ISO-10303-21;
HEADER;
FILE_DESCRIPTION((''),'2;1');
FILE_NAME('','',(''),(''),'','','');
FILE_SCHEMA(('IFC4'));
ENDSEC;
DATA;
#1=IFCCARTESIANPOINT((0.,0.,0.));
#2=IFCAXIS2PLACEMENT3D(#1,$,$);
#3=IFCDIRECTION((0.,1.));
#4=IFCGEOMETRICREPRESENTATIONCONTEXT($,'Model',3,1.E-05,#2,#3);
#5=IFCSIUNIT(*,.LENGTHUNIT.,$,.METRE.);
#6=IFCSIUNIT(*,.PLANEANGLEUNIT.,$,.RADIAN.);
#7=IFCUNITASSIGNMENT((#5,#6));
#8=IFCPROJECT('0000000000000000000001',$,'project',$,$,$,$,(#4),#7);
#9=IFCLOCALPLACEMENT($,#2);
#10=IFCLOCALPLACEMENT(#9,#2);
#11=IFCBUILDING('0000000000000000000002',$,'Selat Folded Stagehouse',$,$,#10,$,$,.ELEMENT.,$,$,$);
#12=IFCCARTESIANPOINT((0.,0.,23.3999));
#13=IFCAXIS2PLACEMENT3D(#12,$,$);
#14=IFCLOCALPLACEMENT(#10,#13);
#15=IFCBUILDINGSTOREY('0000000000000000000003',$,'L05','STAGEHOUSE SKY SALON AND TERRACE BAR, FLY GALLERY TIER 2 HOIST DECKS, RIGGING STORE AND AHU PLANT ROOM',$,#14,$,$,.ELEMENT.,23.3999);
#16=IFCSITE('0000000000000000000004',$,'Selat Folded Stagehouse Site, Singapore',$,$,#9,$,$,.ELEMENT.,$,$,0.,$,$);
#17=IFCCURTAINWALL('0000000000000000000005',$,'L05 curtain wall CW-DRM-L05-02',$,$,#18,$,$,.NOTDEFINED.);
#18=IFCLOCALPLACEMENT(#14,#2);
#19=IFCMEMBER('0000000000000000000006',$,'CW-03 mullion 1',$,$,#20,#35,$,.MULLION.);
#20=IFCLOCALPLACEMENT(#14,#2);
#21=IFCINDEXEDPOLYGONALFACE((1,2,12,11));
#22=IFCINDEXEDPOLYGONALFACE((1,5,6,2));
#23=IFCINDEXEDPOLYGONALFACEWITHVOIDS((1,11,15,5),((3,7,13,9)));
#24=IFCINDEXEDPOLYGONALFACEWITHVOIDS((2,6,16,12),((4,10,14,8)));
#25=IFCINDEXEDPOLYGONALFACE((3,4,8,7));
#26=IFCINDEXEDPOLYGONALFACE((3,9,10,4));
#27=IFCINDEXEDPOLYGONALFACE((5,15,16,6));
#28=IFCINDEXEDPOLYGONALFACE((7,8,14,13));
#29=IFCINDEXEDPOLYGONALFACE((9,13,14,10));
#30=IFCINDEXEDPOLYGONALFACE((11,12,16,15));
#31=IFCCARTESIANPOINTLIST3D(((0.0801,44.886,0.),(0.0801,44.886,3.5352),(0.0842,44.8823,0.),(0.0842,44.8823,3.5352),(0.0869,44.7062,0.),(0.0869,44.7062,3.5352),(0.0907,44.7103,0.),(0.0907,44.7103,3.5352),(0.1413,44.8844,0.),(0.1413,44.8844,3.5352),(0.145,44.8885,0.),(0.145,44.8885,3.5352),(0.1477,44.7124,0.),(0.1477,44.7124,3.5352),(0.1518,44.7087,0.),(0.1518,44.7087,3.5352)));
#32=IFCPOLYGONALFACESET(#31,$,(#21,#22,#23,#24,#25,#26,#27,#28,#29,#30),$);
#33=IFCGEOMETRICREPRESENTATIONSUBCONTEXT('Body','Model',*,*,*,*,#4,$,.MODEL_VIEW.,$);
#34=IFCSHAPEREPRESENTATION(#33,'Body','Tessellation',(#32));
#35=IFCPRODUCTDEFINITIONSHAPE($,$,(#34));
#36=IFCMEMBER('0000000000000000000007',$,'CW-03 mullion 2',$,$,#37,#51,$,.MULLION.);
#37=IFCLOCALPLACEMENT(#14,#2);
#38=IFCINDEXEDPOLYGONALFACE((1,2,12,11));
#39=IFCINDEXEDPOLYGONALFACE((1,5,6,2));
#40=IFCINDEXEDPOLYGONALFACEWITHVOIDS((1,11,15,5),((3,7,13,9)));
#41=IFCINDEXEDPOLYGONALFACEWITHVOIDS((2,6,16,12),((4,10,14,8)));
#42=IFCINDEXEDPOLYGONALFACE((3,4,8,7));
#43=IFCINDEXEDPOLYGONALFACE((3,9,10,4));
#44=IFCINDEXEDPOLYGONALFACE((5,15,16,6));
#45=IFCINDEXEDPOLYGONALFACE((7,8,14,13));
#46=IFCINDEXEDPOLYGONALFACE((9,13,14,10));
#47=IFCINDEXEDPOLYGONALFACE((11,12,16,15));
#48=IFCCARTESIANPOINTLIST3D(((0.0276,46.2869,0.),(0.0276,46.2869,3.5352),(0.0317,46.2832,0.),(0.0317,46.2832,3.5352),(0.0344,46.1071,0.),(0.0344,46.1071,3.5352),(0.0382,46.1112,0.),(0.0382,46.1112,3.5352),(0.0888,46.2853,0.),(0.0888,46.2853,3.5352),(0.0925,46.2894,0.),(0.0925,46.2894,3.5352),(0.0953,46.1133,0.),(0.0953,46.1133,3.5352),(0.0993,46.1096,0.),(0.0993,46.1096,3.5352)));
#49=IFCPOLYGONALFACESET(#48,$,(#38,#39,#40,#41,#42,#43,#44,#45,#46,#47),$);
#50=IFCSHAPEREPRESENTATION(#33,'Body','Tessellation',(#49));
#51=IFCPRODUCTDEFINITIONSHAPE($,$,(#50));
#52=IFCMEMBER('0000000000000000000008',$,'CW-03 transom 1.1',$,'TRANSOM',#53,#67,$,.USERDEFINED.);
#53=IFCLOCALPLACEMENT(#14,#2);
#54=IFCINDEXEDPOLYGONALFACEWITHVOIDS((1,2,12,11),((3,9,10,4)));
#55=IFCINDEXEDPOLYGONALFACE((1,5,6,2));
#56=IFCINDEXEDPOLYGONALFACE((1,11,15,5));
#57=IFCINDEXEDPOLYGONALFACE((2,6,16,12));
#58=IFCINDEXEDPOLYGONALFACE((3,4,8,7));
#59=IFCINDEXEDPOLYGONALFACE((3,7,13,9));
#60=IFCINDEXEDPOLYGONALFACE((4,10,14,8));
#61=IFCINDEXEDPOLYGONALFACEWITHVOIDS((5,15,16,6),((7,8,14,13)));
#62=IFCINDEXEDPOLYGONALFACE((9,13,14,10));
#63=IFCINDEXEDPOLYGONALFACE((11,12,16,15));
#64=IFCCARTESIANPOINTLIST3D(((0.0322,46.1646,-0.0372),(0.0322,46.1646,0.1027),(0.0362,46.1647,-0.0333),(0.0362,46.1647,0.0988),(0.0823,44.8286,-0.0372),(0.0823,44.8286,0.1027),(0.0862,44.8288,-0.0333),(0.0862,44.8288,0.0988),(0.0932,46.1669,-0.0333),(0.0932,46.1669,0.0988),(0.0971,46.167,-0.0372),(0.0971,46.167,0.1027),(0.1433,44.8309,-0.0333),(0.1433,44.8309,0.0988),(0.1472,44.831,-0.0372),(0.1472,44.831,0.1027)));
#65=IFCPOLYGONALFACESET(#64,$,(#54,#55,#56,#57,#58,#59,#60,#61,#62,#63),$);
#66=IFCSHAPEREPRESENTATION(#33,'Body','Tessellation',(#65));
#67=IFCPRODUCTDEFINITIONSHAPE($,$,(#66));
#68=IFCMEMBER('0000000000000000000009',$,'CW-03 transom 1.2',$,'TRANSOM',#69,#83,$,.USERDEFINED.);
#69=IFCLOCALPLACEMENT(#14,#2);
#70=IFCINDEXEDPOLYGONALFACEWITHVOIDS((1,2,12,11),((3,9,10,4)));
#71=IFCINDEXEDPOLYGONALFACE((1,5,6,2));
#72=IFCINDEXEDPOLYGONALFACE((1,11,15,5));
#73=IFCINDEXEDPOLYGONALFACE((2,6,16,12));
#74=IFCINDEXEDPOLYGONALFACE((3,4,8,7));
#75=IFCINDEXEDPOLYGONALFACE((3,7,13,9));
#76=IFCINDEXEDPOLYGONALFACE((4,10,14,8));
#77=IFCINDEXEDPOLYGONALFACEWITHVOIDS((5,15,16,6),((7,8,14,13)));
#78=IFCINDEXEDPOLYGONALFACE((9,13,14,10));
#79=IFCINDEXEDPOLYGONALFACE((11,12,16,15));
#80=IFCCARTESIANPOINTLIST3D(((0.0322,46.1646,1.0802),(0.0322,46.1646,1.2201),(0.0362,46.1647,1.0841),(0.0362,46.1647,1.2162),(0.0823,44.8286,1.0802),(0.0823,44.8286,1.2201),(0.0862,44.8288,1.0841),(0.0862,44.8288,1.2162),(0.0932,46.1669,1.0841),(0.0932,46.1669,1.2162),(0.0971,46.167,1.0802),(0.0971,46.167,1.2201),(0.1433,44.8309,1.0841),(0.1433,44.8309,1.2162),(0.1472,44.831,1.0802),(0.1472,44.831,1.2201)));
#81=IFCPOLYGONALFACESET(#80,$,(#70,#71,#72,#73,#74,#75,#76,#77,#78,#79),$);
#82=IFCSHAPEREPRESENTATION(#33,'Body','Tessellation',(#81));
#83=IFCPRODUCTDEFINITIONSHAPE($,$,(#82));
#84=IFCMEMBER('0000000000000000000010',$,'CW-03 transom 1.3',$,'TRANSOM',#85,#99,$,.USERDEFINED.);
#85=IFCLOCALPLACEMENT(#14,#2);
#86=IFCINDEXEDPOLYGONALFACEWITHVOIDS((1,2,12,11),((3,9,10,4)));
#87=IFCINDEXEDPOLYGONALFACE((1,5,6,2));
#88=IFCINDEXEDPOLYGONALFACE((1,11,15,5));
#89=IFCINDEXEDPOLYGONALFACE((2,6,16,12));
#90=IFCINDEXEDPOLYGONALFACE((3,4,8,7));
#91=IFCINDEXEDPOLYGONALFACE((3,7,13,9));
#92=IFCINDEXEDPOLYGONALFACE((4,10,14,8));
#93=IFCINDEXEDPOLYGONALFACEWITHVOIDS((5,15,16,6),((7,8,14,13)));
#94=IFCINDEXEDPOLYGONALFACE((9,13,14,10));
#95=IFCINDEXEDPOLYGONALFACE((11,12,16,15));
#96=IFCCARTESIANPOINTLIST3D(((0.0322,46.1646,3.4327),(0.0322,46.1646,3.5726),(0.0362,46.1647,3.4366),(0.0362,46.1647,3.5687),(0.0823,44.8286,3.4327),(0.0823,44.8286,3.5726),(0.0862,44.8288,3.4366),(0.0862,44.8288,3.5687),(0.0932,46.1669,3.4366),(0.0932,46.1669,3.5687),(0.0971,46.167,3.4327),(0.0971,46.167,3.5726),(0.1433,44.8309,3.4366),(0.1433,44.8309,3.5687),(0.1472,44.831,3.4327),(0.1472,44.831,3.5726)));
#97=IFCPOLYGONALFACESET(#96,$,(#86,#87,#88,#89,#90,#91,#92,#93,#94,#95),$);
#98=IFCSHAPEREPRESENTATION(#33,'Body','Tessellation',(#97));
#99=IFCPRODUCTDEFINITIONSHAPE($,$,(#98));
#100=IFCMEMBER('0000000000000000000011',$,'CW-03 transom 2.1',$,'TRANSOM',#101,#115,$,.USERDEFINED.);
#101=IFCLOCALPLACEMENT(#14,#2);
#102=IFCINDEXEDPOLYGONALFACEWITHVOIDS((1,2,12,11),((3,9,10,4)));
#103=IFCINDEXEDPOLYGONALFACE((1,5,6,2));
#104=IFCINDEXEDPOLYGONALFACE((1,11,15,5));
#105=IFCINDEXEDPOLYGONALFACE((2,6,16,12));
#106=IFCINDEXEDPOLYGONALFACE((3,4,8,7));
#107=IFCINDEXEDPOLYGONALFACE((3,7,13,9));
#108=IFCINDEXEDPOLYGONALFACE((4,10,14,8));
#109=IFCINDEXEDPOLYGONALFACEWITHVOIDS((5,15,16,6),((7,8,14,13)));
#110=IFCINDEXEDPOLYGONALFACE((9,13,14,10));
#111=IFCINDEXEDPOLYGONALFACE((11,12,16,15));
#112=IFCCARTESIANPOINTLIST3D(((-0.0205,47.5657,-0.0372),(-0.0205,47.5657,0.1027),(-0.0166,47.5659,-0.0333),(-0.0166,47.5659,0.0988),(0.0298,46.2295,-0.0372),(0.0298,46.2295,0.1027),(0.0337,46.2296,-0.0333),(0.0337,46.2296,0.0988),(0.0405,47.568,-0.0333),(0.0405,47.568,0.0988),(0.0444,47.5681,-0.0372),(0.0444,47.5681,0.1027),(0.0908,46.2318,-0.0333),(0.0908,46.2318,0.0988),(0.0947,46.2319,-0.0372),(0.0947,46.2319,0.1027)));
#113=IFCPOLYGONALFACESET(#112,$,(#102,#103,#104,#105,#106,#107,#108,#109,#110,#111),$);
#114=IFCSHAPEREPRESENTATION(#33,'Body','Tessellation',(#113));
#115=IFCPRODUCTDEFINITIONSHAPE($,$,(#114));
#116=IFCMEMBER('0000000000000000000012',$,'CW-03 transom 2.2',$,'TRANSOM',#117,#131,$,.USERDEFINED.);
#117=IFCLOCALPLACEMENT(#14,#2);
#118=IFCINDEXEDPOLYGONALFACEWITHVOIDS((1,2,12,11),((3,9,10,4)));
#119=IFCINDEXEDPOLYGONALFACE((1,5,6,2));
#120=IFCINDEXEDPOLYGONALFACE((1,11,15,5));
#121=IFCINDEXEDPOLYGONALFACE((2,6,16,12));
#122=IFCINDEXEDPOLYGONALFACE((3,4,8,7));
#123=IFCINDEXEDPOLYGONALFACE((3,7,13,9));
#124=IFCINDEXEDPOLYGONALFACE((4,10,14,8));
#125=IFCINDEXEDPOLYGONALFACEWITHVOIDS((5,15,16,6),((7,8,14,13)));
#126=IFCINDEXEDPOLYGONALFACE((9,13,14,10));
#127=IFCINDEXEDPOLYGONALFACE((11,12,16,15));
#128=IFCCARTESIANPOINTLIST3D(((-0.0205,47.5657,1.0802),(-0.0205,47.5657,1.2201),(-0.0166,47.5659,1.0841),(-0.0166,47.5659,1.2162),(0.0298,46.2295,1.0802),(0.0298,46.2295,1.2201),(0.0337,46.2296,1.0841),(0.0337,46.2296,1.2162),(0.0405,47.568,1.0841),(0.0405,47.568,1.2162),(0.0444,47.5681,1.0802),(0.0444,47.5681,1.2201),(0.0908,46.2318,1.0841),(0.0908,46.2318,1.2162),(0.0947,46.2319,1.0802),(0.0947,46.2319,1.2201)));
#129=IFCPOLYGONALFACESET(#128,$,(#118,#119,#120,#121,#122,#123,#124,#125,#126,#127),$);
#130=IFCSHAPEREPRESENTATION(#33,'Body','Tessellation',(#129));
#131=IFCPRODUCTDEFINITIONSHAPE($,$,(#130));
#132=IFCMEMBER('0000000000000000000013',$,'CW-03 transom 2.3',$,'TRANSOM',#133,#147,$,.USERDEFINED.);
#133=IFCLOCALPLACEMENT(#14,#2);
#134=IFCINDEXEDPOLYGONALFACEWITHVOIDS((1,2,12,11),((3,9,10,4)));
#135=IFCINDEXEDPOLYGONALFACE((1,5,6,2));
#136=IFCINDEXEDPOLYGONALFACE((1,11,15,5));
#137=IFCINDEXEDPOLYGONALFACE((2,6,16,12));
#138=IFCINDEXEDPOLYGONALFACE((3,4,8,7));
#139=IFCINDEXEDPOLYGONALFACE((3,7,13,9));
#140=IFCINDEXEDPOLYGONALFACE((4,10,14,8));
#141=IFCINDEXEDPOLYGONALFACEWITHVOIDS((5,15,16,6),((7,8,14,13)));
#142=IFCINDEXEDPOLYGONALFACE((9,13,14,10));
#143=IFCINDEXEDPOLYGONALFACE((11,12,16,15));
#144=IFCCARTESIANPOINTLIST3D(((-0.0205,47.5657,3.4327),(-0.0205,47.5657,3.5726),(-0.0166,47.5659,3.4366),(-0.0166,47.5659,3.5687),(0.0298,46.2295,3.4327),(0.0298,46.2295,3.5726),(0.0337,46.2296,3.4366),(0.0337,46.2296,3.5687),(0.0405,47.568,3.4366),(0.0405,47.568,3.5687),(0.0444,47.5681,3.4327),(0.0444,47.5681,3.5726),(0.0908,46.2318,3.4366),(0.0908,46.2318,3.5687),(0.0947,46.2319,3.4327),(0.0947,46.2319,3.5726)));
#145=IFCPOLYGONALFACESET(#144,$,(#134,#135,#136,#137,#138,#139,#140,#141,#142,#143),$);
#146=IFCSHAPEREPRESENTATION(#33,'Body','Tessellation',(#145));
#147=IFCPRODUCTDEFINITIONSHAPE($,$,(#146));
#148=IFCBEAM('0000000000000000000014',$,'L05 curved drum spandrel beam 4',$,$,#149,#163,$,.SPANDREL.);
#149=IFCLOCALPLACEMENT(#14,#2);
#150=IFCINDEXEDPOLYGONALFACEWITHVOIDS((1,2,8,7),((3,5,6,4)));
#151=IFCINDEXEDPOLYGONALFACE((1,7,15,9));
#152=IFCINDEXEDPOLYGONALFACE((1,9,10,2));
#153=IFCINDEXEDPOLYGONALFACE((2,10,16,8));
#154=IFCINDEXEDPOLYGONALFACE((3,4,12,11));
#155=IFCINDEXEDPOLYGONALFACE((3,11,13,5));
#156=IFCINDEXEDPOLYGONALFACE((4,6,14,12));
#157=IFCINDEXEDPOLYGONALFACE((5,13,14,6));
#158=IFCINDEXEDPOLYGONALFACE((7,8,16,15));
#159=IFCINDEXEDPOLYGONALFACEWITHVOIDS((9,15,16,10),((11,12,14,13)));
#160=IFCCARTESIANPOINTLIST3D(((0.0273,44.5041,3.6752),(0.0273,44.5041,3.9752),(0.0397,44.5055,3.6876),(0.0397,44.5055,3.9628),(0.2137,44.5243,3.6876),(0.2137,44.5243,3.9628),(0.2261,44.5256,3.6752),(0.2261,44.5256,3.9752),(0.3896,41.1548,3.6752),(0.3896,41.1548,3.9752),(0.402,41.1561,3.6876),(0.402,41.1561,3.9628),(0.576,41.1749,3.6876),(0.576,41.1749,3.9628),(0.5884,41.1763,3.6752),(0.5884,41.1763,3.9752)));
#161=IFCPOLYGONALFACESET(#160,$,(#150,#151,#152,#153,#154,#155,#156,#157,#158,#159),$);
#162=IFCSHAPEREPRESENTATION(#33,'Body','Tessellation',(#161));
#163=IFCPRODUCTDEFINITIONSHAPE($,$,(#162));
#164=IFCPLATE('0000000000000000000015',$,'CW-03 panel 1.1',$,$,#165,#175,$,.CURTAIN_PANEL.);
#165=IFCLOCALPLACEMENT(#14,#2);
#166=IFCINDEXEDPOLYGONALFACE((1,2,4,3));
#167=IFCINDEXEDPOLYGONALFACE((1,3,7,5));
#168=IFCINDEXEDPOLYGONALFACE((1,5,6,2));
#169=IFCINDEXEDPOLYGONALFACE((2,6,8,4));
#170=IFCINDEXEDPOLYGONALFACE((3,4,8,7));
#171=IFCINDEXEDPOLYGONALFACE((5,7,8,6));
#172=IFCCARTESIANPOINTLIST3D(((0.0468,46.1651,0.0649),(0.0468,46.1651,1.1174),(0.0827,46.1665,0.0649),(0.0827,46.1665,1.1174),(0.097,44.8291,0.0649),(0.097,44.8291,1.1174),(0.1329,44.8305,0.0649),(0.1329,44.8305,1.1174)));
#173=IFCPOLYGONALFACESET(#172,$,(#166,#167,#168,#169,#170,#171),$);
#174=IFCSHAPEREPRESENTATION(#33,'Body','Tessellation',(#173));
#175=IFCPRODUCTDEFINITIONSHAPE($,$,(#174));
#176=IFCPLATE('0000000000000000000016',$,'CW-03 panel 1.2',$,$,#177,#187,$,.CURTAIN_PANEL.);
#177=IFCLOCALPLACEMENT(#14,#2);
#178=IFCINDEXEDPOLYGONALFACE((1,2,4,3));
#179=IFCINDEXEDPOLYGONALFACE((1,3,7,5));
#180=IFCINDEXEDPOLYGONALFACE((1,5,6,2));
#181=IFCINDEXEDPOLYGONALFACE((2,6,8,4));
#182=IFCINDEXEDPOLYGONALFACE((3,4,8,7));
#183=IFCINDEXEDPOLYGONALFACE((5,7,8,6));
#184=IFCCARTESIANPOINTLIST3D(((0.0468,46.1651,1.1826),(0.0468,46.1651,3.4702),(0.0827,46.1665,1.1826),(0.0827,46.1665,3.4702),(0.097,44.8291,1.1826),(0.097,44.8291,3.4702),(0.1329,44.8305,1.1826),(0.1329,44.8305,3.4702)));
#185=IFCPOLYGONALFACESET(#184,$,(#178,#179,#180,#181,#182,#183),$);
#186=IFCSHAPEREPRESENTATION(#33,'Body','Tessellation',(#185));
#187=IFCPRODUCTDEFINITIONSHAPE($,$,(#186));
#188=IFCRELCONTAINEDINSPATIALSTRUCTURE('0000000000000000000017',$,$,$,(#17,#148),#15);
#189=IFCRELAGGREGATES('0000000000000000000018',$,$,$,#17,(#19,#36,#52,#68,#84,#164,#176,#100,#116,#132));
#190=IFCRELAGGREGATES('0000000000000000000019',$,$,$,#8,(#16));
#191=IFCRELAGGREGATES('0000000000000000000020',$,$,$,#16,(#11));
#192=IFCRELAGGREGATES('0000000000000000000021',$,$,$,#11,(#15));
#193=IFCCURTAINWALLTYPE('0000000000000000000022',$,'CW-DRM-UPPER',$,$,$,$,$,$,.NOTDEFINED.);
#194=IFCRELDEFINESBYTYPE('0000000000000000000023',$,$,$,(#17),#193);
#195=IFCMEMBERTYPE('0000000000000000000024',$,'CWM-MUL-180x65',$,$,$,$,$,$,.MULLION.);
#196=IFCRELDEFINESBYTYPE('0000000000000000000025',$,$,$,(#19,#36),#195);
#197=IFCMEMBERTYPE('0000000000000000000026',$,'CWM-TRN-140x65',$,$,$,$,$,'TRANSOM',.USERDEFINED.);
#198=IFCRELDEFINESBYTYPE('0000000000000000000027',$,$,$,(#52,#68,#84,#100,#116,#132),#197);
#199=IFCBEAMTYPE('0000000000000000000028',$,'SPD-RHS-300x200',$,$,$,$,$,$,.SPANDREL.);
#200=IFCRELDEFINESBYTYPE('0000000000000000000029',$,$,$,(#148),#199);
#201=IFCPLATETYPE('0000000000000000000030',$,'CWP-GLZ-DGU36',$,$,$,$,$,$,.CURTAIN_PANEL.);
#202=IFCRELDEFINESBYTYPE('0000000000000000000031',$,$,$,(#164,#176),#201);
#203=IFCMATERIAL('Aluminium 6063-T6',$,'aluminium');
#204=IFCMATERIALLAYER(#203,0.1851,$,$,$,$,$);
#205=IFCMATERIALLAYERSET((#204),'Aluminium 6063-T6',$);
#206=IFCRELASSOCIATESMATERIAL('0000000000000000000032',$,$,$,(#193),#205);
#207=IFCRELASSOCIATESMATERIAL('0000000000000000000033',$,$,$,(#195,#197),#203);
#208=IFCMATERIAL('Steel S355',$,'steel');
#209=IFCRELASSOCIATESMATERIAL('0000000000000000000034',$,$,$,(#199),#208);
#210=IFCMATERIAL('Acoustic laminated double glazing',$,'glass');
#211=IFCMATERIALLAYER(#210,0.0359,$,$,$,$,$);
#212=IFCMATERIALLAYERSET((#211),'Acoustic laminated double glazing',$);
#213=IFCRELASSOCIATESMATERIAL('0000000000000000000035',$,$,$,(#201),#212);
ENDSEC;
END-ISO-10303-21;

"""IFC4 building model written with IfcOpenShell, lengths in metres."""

from ifc_helpers import new_model, si_unit, direction, frame, origin, origin_2d, place, context, subcontext, project, spatial, rectangle, hollow_rectangle, extrude, material, layer, layer_set, material_profile, profile_set, type_object, element, aggregate, save


model = new_model("IFC4")

# Units and contexts
model_context = context("Model", 3, precision=1e-05, world=origin(), true_north=direction((0.0, 1.0)))
body_context = subcontext(model_context, "Body", "Model", "MODEL_VIEW")
ifc_project = project(units=[si_unit("LENGTHUNIT", "METRE"), si_unit("PLANEANGLEUNIT", "RADIAN")], contexts=[model_context])

# Site, building, storey
site_placement = place(None, origin())
site = spatial("IfcSite", under=ifc_project, at=site_placement, Name="Selat Folded Stagehouse Site, Singapore", CompositionType="ELEMENT", RefElevation=0.0)
building_placement = place(site_placement, origin())
building = spatial("IfcBuilding", under=site, at=building_placement, Name="Selat Folded Stagehouse", CompositionType="ELEMENT")
storey_placement = place(building_placement, frame((0.0, 0.0, 23.3999)))
storey = spatial("IfcBuildingStorey", under=building, at=storey_placement, Name="L05", Description="STAGEHOUSE SKY SALON AND TERRACE BAR, FLY GALLERY TIER 2 HOIST DECKS, RIGGING STORE AND AHU PLANT ROOM", CompositionType="ELEMENT", Elevation=23.3999)

# Curtain wall, members
ifc_material_1 = material(Name="Aluminium 6063-T6", Category="aluminium")
ifc_layer_1 = layer(ifc_material_1, 0.1851)
ifc_layer_set_1 = layer_set([ifc_layer_1], Name="Aluminium 6063-T6")
curtain_wall_type = type_object("IfcCurtainWallType", Name="CW-DRM-UPPER", PredefinedType="NOTDEFINED", material=ifc_layer_set_1)
curtain_wall_placement = place(storey_placement, origin())
curtain_wall = element("IfcCurtainWall", 1, at=curtain_wall_placement, inside=storey, type_object=curtain_wall_type, Name="L05 curtain wall CW-DRM-L05-02", PredefinedType="NOTDEFINED")
ifc_material_profile_1 = material_profile(ifc_material_1, hollow_rectangle(XDim=0.0649, YDim=0.1799, WallThickness=0.0039, at=origin_2d()), Name="ALU 180x65x4.0")
ifc_profile_set_1 = profile_set([ifc_material_profile_1], Name="Aluminium 6063-T6")
member_type_1 = type_object("IfcMemberType", Name="CWM-MUL-180x65", PredefinedType="MULLION", material=ifc_profile_set_1)
member_1_placement = place(storey_placement, frame((0.116, 44.7974, 0.0), z_axis=(0.0, 0.0, 1.0), x_axis=(-0.999294, -0.037574, 0.0)))
member_1 = element("IfcMember", 2, at=member_1_placement, type_object=member_type_1, Name="CW-03 mullion 1", PredefinedType="MULLION", context=body_context, shape_type="SweptSolid", body=[
    extrude(hollow_rectangle(XDim=0.0649, YDim=0.1799, WallThickness=0.0039, at=origin_2d()), origin(), (0.0, 0.0, 1.0), 3.5352),
])
member_2_placement = place(storey_placement, frame((0.0635, 46.1982, 0.0), z_axis=(0.0, 0.0, 1.0), x_axis=(-0.999294, -0.037574, 0.0)))
member_2 = element("IfcMember", 3, at=member_2_placement, type_object=member_type_1, Name="CW-03 mullion 2", PredefinedType="MULLION", context=body_context, shape_type="SweptSolid", body=[
    extrude(hollow_rectangle(XDim=0.0649, YDim=0.1799, WallThickness=0.0039, at=origin_2d()), origin(), (0.0, 0.0, 1.0), 3.5352),
])
ifc_material_profile_2 = material_profile(ifc_material_1, hollow_rectangle(XDim=0.0649, YDim=0.1399, WallThickness=0.0039, at=origin_2d()), Name="ALU 140x65x4.0")
ifc_profile_set_2 = profile_set([ifc_material_profile_2], Name="Aluminium 6063-T6")
member_type_2 = type_object("IfcMemberType", Name="CWM-TRN-140x65", ElementType="TRANSOM", PredefinedType="USERDEFINED", material=ifc_profile_set_2)
member_3_placement = place(storey_placement, frame((0.1147, 44.8298, 0.0327), z_axis=(-0.037437, 0.999299, 0.0), x_axis=(-0.999299, -0.037437, 0.0)))
member_3 = element("IfcMember", 4, at=member_3_placement, type_object=member_type_2, Name="CW-03 transom 1.1", ObjectType="TRANSOM", PredefinedType="USERDEFINED", context=body_context, shape_type="SweptSolid", body=[
    extrude(hollow_rectangle(XDim=0.0649, YDim=0.1399, WallThickness=0.0039, at=origin_2d()), origin(), (0.0, 0.0, 1.0), 1.3369),
])
member_4_placement = place(storey_placement, frame((0.1147, 44.8298, 1.1501), z_axis=(-0.037437, 0.999299, 0.0), x_axis=(-0.999299, -0.037437, 0.0)))
member_4 = element("IfcMember", 5, at=member_4_placement, type_object=member_type_2, Name="CW-03 transom 1.2", ObjectType="TRANSOM", PredefinedType="USERDEFINED", context=body_context, shape_type="SweptSolid", body=[
    extrude(hollow_rectangle(XDim=0.0649, YDim=0.1399, WallThickness=0.0039, at=origin_2d()), origin(), (0.0, 0.0, 1.0), 1.3369),
])
member_5_placement = place(storey_placement, frame((0.1147, 44.8298, 3.5027), z_axis=(-0.037437, 0.999299, 0.0), x_axis=(-0.999299, -0.037437, 0.0)))
member_5 = element("IfcMember", 6, at=member_5_placement, type_object=member_type_2, Name="CW-03 transom 1.3", ObjectType="TRANSOM", PredefinedType="USERDEFINED", context=body_context, shape_type="SweptSolid", body=[
    extrude(hollow_rectangle(XDim=0.0649, YDim=0.1399, WallThickness=0.0039, at=origin_2d()), origin(), (0.0, 0.0, 1.0), 1.3369),
])
member_6_placement = place(storey_placement, frame((0.0623, 46.2307, 0.0327), z_axis=(-0.037613, 0.999292, 0.0), x_axis=(-0.999292, -0.037613, 0.0)))
member_6 = element("IfcMember", 7, at=member_6_placement, type_object=member_type_2, Name="CW-03 transom 2.1", ObjectType="TRANSOM", PredefinedType="USERDEFINED", context=body_context, shape_type="SweptSolid", body=[
    extrude(hollow_rectangle(XDim=0.0649, YDim=0.1399, WallThickness=0.0039, at=origin_2d()), origin(), (0.0, 0.0, 1.0), 1.3372),
])
member_7_placement = place(storey_placement, frame((0.0623, 46.2307, 1.1501), z_axis=(-0.037613, 0.999292, 0.0), x_axis=(-0.999292, -0.037613, 0.0)))
member_7 = element("IfcMember", 8, at=member_7_placement, type_object=member_type_2, Name="CW-03 transom 2.2", ObjectType="TRANSOM", PredefinedType="USERDEFINED", context=body_context, shape_type="SweptSolid", body=[
    extrude(hollow_rectangle(XDim=0.0649, YDim=0.1399, WallThickness=0.0039, at=origin_2d()), origin(), (0.0, 0.0, 1.0), 1.3372),
])
member_8_placement = place(storey_placement, frame((0.0623, 46.2307, 3.5027), z_axis=(-0.037613, 0.999292, 0.0), x_axis=(-0.999292, -0.037613, 0.0)))
member_8 = element("IfcMember", 9, at=member_8_placement, type_object=member_type_2, Name="CW-03 transom 2.3", ObjectType="TRANSOM", PredefinedType="USERDEFINED", context=body_context, shape_type="SweptSolid", body=[
    extrude(hollow_rectangle(XDim=0.0649, YDim=0.1399, WallThickness=0.0039, at=origin_2d()), origin(), (0.0, 0.0, 1.0), 1.3372),
])

# Beam
ifc_material_2 = material(Name="Steel S355", Category="steel")
ifc_material_profile_3 = material_profile(ifc_material_2, hollow_rectangle(XDim=0.2, YDim=0.3, WallThickness=0.0125, at=origin_2d()), Name="RHS 300x200x12.5")
ifc_profile_set_3 = profile_set([ifc_material_profile_3], Name="Steel S355")
beam_type = type_object("IfcBeamType", Name="SPD-RHS-300x200", PredefinedType="SPANDREL", material=ifc_profile_set_3)
beam_placement = place(storey_placement, frame((0.1267, 44.5149, 3.8252), z_axis=(0.107544, -0.9942, 0.0), x_axis=(0.9942, 0.107544, 0.0)))
element("IfcBeam", 10, at=beam_placement, inside=storey, type_object=beam_type, Name="L05 curved drum spandrel beam 4", PredefinedType="SPANDREL", context=body_context, shape_type="SweptSolid", body=[
    extrude(hollow_rectangle(XDim=0.2, YDim=0.3, WallThickness=0.0125, at=origin_2d()), origin(), (0.0, 0.0, 1.0), 3.3689),
])

# Plates
ifc_material_3 = material(Name="Acoustic laminated double glazing", Category="glass")
ifc_layer_2 = layer(ifc_material_3, 0.0359)
ifc_layer_set_2 = layer_set([ifc_layer_2], Name="Acoustic laminated double glazing")
plate_type_1 = type_object("IfcPlateType", Name="CWP-GLZ-DGU36", PredefinedType="CURTAIN_PANEL", material=ifc_layer_set_2)
plate_1_placement = place(storey_placement, frame((0.0898, 45.4978, 0.0649), z_axis=(0.0, 0.0, 1.0), x_axis=(-0.037574, 0.999294, 0.0)))
plate_1 = element("IfcPlate", 11, at=plate_1_placement, type_object=plate_type_1, Name="CW-03 panel 1.1", PredefinedType="CURTAIN_PANEL", context=body_context, shape_type="SweptSolid", body=[
    extrude(rectangle(XDim=1.3369, YDim=0.0359, at=origin_2d()), origin(), (0.0, 0.0, 1.0), 1.0525),
])
plate_2_placement = place(storey_placement, frame((0.0898, 45.4978, 1.1826), z_axis=(0.0, 0.0, 1.0), x_axis=(-0.037574, 0.999294, 0.0)))
plate_2 = element("IfcPlate", 12, at=plate_2_placement, type_object=plate_type_1, Name="CW-03 panel 1.2", PredefinedType="CURTAIN_PANEL", context=body_context, shape_type="SweptSolid", body=[
    extrude(rectangle(XDim=1.3369, YDim=0.0359, at=origin_2d()), origin(), (0.0, 0.0, 1.0), 2.2876),
])
aggregate(curtain_wall, [member_1, member_2, member_3, member_4, member_5, plate_1, plate_2, member_6, member_7, member_8])

save(model, "model.ifc")
